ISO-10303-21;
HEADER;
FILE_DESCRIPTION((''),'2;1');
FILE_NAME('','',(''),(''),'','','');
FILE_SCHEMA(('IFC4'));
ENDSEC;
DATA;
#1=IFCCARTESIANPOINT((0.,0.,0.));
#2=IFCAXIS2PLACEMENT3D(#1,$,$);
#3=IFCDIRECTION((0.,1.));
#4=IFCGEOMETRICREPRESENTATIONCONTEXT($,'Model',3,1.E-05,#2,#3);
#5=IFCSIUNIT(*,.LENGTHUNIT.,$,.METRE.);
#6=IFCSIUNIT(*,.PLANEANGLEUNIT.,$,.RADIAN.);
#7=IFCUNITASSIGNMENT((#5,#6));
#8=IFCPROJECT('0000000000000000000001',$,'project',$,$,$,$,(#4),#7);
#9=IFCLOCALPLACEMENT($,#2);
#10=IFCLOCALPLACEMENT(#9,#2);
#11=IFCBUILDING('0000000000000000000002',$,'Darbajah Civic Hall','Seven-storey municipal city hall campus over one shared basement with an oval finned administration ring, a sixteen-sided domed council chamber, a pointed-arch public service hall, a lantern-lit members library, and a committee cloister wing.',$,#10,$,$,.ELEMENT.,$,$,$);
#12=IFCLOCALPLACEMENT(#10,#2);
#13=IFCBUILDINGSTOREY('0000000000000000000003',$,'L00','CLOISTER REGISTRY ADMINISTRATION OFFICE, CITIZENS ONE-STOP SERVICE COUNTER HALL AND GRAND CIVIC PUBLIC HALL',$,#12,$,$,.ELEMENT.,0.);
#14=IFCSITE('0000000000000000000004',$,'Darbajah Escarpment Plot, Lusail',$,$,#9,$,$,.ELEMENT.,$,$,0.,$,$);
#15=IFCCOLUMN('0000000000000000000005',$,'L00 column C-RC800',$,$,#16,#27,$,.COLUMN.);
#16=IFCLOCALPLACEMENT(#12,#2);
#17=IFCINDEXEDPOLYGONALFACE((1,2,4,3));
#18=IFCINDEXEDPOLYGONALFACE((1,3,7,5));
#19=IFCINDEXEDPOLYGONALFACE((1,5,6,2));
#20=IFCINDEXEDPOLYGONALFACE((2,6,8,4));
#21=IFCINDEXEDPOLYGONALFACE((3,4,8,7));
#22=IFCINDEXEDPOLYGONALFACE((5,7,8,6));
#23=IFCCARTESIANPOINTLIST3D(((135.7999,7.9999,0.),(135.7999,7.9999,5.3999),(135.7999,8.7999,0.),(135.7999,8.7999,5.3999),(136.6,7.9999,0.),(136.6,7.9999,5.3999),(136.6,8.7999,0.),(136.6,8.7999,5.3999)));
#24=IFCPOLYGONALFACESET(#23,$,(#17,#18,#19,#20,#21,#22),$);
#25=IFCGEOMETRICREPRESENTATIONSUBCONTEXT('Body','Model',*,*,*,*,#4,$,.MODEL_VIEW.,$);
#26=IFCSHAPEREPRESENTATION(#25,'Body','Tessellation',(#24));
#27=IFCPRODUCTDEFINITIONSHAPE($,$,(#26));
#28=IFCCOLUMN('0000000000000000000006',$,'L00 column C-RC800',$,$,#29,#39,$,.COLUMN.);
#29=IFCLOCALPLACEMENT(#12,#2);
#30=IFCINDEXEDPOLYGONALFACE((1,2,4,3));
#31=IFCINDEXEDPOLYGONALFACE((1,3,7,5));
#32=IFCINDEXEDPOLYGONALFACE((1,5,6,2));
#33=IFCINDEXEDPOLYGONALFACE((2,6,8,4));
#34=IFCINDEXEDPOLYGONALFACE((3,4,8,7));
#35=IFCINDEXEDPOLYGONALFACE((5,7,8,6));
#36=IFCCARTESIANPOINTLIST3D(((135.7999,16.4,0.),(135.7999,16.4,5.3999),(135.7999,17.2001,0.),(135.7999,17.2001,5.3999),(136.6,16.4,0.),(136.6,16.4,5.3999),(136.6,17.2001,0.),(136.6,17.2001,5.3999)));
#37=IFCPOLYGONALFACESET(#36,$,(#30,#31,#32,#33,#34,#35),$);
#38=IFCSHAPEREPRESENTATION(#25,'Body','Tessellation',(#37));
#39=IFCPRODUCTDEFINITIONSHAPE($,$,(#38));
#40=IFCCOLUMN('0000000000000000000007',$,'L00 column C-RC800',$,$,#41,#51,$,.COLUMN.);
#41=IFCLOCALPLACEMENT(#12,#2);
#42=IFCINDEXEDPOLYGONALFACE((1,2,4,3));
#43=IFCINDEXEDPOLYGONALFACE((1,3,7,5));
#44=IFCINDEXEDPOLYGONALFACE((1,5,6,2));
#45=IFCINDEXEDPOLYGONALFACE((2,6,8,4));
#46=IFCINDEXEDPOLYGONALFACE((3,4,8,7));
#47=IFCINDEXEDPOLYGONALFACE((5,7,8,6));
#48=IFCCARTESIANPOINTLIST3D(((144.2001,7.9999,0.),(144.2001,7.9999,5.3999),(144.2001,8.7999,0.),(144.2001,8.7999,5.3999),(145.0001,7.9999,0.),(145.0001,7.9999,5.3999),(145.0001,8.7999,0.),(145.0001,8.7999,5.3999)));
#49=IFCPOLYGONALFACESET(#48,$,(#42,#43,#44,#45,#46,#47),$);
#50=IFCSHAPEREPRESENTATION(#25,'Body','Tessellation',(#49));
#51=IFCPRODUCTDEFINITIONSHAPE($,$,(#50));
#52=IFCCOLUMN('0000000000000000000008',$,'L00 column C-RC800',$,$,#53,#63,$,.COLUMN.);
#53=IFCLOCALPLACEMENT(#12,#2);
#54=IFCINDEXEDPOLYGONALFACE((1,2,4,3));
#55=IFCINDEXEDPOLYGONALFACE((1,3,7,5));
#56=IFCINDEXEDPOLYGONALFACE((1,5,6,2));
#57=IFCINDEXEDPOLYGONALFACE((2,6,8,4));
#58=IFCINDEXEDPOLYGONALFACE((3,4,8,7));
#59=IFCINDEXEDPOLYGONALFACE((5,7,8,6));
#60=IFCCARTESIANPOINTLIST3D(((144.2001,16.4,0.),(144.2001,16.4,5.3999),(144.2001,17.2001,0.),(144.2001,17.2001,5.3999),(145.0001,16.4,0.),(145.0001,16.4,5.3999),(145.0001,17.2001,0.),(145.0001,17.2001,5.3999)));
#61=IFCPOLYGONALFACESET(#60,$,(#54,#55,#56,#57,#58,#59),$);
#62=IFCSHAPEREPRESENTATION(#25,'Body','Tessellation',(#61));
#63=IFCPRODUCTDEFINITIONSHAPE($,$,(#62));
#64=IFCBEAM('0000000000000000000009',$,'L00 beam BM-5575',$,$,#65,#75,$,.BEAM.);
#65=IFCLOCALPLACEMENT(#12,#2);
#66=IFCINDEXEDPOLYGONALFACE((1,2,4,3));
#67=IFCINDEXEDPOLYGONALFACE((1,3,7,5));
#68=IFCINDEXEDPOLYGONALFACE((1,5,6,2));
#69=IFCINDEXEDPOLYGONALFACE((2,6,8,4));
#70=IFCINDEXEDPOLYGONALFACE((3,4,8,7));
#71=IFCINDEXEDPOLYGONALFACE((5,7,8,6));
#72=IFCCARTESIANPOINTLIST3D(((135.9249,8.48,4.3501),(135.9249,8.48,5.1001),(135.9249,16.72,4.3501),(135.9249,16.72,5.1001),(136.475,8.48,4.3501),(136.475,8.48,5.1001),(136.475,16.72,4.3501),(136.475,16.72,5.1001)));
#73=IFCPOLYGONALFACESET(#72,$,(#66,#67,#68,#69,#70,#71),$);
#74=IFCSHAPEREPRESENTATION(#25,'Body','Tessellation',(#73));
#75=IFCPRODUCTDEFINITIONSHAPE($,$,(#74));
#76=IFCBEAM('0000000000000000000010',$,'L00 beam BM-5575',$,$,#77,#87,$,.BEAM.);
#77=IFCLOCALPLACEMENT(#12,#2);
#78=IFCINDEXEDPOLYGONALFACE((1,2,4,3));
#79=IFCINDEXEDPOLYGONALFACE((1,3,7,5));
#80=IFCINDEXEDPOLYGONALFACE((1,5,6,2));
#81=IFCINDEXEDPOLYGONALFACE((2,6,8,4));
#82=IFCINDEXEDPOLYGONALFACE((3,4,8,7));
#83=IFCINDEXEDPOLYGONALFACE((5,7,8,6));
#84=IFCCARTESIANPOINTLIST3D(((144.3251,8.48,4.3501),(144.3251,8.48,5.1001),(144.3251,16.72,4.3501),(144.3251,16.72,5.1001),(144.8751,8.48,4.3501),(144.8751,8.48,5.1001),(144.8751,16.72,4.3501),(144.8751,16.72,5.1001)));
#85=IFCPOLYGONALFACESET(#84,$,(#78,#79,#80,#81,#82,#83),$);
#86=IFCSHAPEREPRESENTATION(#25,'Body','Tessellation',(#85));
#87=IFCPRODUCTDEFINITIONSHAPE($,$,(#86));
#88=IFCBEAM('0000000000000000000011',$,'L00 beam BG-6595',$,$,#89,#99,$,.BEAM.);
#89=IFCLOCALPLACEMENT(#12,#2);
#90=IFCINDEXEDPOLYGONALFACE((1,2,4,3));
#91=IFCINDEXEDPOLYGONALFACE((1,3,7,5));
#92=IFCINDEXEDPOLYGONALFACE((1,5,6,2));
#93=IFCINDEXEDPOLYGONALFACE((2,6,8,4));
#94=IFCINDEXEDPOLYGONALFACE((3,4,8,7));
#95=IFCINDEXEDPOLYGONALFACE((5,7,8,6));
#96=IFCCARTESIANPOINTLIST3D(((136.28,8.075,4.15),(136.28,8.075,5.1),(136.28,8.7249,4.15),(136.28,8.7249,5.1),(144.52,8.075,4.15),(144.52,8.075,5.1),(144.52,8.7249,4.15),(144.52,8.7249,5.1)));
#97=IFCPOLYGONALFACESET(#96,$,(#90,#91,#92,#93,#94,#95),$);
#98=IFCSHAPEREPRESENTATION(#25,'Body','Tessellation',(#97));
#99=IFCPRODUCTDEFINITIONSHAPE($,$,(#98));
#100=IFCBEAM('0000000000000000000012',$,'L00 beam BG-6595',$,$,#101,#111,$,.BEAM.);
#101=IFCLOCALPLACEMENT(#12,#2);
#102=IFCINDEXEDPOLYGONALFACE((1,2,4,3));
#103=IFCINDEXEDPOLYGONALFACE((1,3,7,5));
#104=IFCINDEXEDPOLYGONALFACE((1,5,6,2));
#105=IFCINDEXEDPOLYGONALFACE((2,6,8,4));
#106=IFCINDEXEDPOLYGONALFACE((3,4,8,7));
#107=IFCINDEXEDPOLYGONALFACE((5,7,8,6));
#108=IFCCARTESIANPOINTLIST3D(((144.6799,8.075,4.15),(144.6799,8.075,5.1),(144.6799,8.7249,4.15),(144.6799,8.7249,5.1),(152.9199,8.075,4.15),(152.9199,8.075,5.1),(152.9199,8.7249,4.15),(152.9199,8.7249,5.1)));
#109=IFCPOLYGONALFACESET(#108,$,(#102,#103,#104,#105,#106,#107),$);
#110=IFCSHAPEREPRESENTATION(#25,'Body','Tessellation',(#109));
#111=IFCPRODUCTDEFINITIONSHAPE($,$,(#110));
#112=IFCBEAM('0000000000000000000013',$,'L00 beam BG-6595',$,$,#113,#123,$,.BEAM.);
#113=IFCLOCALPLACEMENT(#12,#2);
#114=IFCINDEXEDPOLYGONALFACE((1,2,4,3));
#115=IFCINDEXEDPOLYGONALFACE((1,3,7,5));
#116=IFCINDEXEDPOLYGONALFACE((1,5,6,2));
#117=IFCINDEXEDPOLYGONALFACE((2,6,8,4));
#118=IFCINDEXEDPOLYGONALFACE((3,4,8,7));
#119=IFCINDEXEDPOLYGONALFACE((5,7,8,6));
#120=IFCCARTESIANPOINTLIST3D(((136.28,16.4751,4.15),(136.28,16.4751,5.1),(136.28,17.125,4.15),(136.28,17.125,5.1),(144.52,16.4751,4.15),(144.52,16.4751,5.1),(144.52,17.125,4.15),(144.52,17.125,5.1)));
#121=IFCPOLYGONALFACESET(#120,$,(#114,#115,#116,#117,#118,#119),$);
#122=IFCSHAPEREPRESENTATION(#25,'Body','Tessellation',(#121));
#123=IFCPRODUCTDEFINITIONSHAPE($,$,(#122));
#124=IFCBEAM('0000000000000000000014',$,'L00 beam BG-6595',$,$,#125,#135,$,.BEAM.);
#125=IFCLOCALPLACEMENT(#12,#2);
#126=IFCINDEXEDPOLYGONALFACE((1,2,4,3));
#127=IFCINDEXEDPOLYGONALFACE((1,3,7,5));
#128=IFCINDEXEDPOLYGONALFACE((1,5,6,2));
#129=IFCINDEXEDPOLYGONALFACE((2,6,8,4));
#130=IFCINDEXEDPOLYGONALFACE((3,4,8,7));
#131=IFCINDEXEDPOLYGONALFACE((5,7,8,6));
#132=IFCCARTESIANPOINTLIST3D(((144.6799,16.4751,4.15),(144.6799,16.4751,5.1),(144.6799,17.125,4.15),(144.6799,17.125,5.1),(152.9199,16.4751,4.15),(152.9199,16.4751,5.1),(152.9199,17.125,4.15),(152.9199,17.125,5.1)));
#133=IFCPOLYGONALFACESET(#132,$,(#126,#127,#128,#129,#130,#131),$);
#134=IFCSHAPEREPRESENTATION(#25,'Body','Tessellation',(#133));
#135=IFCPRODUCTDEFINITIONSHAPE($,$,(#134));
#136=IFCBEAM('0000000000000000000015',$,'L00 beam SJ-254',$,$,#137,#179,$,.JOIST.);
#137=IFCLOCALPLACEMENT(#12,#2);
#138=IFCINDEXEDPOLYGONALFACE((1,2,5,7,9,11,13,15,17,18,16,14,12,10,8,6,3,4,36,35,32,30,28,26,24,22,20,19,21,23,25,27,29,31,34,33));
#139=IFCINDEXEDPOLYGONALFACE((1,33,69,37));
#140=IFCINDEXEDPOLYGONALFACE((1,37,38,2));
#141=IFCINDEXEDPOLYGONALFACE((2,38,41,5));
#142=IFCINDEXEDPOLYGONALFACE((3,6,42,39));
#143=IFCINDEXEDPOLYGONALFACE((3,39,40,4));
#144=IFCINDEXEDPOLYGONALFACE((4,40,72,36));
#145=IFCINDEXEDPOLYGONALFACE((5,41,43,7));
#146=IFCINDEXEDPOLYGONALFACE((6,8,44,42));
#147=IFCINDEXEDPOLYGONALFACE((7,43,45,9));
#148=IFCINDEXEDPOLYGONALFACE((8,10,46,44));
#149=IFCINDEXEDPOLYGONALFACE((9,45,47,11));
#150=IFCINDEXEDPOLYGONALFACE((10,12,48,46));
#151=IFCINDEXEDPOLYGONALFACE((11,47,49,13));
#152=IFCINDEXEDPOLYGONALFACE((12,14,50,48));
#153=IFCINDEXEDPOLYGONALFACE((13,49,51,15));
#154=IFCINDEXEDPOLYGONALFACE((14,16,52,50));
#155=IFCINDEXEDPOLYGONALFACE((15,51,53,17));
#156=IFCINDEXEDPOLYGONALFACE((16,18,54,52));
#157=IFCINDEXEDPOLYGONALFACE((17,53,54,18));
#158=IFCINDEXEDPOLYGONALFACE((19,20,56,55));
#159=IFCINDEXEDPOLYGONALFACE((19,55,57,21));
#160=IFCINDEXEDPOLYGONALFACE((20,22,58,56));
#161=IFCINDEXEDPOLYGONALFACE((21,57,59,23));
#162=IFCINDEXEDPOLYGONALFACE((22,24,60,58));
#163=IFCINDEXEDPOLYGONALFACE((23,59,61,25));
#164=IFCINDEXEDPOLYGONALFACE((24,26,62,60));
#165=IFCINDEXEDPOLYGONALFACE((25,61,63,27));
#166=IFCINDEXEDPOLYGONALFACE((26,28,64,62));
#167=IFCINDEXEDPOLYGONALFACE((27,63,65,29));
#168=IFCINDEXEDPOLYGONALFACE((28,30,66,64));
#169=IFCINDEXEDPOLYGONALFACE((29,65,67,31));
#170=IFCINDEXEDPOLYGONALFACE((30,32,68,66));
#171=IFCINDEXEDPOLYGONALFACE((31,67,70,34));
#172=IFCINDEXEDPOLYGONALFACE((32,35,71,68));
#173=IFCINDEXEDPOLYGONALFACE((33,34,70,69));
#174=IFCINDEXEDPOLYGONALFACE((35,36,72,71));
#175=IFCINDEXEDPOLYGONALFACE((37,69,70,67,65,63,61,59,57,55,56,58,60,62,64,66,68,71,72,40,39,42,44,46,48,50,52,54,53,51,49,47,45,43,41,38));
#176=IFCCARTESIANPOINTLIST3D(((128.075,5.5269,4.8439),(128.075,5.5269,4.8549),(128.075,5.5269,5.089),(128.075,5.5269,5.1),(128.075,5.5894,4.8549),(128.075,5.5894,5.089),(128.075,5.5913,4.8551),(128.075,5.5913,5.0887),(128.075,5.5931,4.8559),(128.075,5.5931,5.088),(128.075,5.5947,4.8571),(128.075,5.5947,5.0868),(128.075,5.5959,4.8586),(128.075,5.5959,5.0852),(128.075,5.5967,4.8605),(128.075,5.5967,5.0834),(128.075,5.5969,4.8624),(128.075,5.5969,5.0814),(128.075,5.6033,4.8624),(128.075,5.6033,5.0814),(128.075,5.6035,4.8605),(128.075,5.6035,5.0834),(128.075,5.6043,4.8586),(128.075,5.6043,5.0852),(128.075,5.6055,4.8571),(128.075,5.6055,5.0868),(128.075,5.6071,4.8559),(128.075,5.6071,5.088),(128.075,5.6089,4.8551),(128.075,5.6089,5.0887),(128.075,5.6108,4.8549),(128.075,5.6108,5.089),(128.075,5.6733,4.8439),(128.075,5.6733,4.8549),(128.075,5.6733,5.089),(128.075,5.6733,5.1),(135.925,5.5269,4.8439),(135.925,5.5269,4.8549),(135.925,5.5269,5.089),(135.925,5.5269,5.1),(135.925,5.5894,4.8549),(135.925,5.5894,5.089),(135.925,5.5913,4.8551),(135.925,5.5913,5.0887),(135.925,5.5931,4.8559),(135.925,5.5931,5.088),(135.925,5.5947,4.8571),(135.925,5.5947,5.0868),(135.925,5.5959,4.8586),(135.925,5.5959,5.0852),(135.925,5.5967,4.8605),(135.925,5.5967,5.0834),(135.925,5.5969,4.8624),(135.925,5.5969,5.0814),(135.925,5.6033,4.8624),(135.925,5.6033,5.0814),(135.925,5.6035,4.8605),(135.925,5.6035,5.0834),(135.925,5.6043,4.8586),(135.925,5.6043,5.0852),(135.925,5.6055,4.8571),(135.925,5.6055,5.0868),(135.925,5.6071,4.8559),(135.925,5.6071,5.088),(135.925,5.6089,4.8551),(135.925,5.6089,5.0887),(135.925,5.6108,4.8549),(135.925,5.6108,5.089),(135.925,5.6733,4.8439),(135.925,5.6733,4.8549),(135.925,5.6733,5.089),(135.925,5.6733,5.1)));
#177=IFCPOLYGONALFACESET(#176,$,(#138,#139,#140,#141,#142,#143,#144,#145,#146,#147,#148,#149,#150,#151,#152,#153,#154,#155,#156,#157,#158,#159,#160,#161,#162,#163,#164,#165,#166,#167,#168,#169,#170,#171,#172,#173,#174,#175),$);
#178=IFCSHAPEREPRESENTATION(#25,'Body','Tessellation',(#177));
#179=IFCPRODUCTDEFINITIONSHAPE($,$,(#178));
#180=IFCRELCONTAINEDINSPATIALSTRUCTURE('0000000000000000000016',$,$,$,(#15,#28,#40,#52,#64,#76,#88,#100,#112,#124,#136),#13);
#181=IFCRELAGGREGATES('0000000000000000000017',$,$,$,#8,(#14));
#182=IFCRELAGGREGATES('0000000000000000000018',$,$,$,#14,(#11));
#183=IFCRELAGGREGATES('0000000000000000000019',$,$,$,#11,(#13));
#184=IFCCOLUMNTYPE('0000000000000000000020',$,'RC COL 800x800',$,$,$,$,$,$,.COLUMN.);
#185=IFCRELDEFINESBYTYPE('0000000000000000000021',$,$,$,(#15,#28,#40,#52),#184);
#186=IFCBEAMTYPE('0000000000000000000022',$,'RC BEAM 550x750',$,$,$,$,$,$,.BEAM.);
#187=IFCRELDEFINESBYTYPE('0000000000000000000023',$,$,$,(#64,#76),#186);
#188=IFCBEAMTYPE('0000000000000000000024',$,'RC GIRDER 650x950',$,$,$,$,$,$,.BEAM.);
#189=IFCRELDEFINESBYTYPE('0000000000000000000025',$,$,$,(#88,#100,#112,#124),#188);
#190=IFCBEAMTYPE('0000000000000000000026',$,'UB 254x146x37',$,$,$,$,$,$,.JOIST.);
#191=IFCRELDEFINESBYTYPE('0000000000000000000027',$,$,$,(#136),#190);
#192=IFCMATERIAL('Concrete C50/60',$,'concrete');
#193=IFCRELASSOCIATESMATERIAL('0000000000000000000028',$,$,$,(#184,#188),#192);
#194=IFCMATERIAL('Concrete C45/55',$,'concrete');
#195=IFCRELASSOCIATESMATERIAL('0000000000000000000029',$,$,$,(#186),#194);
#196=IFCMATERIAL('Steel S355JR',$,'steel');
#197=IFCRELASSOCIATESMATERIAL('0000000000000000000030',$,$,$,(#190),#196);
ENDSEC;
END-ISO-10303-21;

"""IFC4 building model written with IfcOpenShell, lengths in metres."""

from ifc_helpers import new_model, si_unit, direction, frame, origin, origin_2d, place, context, subcontext, project, spatial, rectangle, i_section, extrude, material, material_profile, profile_set, type_object, element, save


model = new_model("IFC4")

# Units and contexts
model_context = context("Model", 3, precision=1e-05, world=origin(), true_north=direction((0.0, 1.0)))
body_context = subcontext(model_context, "Body", "Model", "MODEL_VIEW")
ifc_project = project(units=[si_unit("LENGTHUNIT", "METRE"), si_unit("PLANEANGLEUNIT", "RADIAN")], contexts=[model_context])

# Site, building, storey
site_placement = place(None, origin())
site = spatial("IfcSite", under=ifc_project, at=site_placement, Name="Darbajah Escarpment Plot, Lusail", CompositionType="ELEMENT", RefElevation=0.0)
building_placement = place(site_placement, origin())
building = spatial("IfcBuilding", under=site, at=building_placement, Name="Darbajah Civic Hall", Description="Seven-storey municipal city hall campus over one shared basement with an oval finned administration ring, a sixteen-sided domed council chamber, a pointed-arch public service hall, a lantern-lit members library, and a committee cloister wing.", CompositionType="ELEMENT")
storey_placement = place(building_placement, origin())
storey = spatial("IfcBuildingStorey", under=building, at=storey_placement, Name="L00", Description="CLOISTER REGISTRY ADMINISTRATION OFFICE, CITIZENS ONE-STOP SERVICE COUNTER HALL AND GRAND CIVIC PUBLIC HALL", CompositionType="ELEMENT", Elevation=0.0)

# Columns
ifc_material_1 = material(Name="Concrete C50/60", Category="concrete")
ifc_material_profile_1 = material_profile(ifc_material_1, rectangle(XDim=0.8, YDim=0.8, at=origin_2d()), Name="RC COL 800x800")
ifc_profile_set_1 = profile_set([ifc_material_profile_1], Name="Concrete C50/60")
column_type = type_object("IfcColumnType", Name="RC COL 800x800", PredefinedType="COLUMN", material=ifc_profile_set_1)
for number, where, z_axis, x_axis, name in (
    (1, (136.2, 8.3999, 0.0), (0.0, 0.0, 1.0), (1.0, 0.0, 0.0), "L00 column C-RC800"),
    (2, (136.2, 16.8, 0.0), (0.0, 0.0, 1.0), (1.0, 0.0, 0.0), "L00 column C-RC800"),
    (3, (144.6001, 8.3999, 0.0), (0.0, 0.0, 1.0), (1.0, 0.0, 0.0), "L00 column C-RC800"),
    (4, (144.6001, 16.8, 0.0), (0.0, 0.0, 1.0), (1.0, 0.0, 0.0), "L00 column C-RC800"),
):
    element("IfcColumn", number, at=place(storey_placement, frame(where, z_axis=z_axis, x_axis=x_axis)), inside=storey, type_object=column_type, Name=name, PredefinedType="COLUMN", context=body_context, shape_type="SweptSolid", body=[
        extrude(rectangle(XDim=0.8, YDim=0.8, at=origin_2d()), origin(), (0.0, 0.0, 1.0), 5.3999),
    ])

# Beams
ifc_material_2 = material(Name="Concrete C45/55", Category="concrete")
ifc_material_profile_2 = material_profile(ifc_material_2, rectangle(XDim=0.55, YDim=0.75, at=origin_2d()), Name="RC BEAM 550x750")
ifc_profile_set_2 = profile_set([ifc_material_profile_2], Name="Concrete C45/55")
beam_type_1 = type_object("IfcBeamType", Name="RC BEAM 550x750", PredefinedType="BEAM", material=ifc_profile_set_2)
for number, where, z_axis, x_axis, name in (
    (5, (136.2, 8.48, 4.7251), (0.0, 1.0, 0.0), (-1.0, 0.0, 0.0), "L00 beam BM-5575"),
    (6, (144.6001, 8.48, 4.7251), (0.0, 1.0, 0.0), (-1.0, 0.0, 0.0), "L00 beam BM-5575"),
):
    element("IfcBeam", number, at=place(storey_placement, frame(where, z_axis=z_axis, x_axis=x_axis)), inside=storey, type_object=beam_type_1, Name=name, PredefinedType="BEAM", context=body_context, shape_type="SweptSolid", body=[
        extrude(rectangle(XDim=0.55, YDim=0.75, at=origin_2d()), origin(), (0.0, 0.0, 1.0), 8.24),
    ])
ifc_material_profile_3 = material_profile(ifc_material_1, rectangle(XDim=0.6499, YDim=0.95, at=origin_2d()), Name="RC GIRDER 650x950")
ifc_profile_set_3 = profile_set([ifc_material_profile_3], Name="Concrete C50/60")
beam_type_2 = type_object("IfcBeamType", Name="RC GIRDER 650x950", PredefinedType="BEAM", material=ifc_profile_set_3)
for number, where, z_axis, x_axis, name in (
    (7, (136.28, 8.3999, 4.625), (1.0, 0.0, 0.0), (0.0, 1.0, 0.0), "L00 beam BG-6595"),
    (8, (144.6799, 8.3999, 4.625), (1.0, 0.0, 0.0), (0.0, 1.0, 0.0), "L00 beam BG-6595"),
    (9, (136.28, 16.8, 4.625), (1.0, 0.0, 0.0), (0.0, 1.0, 0.0), "L00 beam BG-6595"),
    (10, (144.6799, 16.8, 4.625), (1.0, 0.0, 0.0), (0.0, 1.0, 0.0), "L00 beam BG-6595"),
):
    element("IfcBeam", number, at=place(storey_placement, frame(where, z_axis=z_axis, x_axis=x_axis)), inside=storey, type_object=beam_type_2, Name=name, PredefinedType="BEAM", context=body_context, shape_type="SweptSolid", body=[
        extrude(rectangle(XDim=0.6499, YDim=0.95, at=origin_2d()), origin(), (0.0, 0.0, 1.0), 8.24),
    ])
ifc_material_3 = material(Name="Steel S355JR", Category="steel")
ifc_material_profile_4 = material_profile(ifc_material_3, i_section(OverallWidth=0.1465, OverallDepth=0.2561, WebThickness=0.0063, FlangeThickness=0.011, FilletRadius=0.0076, at=origin_2d()), Name="UB 254x146x37")
ifc_profile_set_4 = profile_set([ifc_material_profile_4], Name="Steel S355JR")
beam_type_3 = type_object("IfcBeamType", Name="UB 254x146x37", PredefinedType="JOIST", material=ifc_profile_set_4)
for number, where, z_axis, x_axis, name in (
    (11, (128.075, 5.6001, 4.9719), (1.0, 0.0, 0.0), (0.0, 1.0, 0.0), "L00 beam SJ-254"),
):
    element("IfcBeam", number, at=place(storey_placement, frame(where, z_axis=z_axis, x_axis=x_axis)), inside=storey, type_object=beam_type_3, Name=name, PredefinedType="JOIST", context=body_context, shape_type="SweptSolid", body=[
        extrude(i_section(OverallWidth=0.1465, OverallDepth=0.2561, WebThickness=0.0063, FlangeThickness=0.011, FilletRadius=0.0076, at=origin_2d()), origin(), (0.0, 0.0, 1.0), 7.8501),
    ])

save(model, "model.ifc")
